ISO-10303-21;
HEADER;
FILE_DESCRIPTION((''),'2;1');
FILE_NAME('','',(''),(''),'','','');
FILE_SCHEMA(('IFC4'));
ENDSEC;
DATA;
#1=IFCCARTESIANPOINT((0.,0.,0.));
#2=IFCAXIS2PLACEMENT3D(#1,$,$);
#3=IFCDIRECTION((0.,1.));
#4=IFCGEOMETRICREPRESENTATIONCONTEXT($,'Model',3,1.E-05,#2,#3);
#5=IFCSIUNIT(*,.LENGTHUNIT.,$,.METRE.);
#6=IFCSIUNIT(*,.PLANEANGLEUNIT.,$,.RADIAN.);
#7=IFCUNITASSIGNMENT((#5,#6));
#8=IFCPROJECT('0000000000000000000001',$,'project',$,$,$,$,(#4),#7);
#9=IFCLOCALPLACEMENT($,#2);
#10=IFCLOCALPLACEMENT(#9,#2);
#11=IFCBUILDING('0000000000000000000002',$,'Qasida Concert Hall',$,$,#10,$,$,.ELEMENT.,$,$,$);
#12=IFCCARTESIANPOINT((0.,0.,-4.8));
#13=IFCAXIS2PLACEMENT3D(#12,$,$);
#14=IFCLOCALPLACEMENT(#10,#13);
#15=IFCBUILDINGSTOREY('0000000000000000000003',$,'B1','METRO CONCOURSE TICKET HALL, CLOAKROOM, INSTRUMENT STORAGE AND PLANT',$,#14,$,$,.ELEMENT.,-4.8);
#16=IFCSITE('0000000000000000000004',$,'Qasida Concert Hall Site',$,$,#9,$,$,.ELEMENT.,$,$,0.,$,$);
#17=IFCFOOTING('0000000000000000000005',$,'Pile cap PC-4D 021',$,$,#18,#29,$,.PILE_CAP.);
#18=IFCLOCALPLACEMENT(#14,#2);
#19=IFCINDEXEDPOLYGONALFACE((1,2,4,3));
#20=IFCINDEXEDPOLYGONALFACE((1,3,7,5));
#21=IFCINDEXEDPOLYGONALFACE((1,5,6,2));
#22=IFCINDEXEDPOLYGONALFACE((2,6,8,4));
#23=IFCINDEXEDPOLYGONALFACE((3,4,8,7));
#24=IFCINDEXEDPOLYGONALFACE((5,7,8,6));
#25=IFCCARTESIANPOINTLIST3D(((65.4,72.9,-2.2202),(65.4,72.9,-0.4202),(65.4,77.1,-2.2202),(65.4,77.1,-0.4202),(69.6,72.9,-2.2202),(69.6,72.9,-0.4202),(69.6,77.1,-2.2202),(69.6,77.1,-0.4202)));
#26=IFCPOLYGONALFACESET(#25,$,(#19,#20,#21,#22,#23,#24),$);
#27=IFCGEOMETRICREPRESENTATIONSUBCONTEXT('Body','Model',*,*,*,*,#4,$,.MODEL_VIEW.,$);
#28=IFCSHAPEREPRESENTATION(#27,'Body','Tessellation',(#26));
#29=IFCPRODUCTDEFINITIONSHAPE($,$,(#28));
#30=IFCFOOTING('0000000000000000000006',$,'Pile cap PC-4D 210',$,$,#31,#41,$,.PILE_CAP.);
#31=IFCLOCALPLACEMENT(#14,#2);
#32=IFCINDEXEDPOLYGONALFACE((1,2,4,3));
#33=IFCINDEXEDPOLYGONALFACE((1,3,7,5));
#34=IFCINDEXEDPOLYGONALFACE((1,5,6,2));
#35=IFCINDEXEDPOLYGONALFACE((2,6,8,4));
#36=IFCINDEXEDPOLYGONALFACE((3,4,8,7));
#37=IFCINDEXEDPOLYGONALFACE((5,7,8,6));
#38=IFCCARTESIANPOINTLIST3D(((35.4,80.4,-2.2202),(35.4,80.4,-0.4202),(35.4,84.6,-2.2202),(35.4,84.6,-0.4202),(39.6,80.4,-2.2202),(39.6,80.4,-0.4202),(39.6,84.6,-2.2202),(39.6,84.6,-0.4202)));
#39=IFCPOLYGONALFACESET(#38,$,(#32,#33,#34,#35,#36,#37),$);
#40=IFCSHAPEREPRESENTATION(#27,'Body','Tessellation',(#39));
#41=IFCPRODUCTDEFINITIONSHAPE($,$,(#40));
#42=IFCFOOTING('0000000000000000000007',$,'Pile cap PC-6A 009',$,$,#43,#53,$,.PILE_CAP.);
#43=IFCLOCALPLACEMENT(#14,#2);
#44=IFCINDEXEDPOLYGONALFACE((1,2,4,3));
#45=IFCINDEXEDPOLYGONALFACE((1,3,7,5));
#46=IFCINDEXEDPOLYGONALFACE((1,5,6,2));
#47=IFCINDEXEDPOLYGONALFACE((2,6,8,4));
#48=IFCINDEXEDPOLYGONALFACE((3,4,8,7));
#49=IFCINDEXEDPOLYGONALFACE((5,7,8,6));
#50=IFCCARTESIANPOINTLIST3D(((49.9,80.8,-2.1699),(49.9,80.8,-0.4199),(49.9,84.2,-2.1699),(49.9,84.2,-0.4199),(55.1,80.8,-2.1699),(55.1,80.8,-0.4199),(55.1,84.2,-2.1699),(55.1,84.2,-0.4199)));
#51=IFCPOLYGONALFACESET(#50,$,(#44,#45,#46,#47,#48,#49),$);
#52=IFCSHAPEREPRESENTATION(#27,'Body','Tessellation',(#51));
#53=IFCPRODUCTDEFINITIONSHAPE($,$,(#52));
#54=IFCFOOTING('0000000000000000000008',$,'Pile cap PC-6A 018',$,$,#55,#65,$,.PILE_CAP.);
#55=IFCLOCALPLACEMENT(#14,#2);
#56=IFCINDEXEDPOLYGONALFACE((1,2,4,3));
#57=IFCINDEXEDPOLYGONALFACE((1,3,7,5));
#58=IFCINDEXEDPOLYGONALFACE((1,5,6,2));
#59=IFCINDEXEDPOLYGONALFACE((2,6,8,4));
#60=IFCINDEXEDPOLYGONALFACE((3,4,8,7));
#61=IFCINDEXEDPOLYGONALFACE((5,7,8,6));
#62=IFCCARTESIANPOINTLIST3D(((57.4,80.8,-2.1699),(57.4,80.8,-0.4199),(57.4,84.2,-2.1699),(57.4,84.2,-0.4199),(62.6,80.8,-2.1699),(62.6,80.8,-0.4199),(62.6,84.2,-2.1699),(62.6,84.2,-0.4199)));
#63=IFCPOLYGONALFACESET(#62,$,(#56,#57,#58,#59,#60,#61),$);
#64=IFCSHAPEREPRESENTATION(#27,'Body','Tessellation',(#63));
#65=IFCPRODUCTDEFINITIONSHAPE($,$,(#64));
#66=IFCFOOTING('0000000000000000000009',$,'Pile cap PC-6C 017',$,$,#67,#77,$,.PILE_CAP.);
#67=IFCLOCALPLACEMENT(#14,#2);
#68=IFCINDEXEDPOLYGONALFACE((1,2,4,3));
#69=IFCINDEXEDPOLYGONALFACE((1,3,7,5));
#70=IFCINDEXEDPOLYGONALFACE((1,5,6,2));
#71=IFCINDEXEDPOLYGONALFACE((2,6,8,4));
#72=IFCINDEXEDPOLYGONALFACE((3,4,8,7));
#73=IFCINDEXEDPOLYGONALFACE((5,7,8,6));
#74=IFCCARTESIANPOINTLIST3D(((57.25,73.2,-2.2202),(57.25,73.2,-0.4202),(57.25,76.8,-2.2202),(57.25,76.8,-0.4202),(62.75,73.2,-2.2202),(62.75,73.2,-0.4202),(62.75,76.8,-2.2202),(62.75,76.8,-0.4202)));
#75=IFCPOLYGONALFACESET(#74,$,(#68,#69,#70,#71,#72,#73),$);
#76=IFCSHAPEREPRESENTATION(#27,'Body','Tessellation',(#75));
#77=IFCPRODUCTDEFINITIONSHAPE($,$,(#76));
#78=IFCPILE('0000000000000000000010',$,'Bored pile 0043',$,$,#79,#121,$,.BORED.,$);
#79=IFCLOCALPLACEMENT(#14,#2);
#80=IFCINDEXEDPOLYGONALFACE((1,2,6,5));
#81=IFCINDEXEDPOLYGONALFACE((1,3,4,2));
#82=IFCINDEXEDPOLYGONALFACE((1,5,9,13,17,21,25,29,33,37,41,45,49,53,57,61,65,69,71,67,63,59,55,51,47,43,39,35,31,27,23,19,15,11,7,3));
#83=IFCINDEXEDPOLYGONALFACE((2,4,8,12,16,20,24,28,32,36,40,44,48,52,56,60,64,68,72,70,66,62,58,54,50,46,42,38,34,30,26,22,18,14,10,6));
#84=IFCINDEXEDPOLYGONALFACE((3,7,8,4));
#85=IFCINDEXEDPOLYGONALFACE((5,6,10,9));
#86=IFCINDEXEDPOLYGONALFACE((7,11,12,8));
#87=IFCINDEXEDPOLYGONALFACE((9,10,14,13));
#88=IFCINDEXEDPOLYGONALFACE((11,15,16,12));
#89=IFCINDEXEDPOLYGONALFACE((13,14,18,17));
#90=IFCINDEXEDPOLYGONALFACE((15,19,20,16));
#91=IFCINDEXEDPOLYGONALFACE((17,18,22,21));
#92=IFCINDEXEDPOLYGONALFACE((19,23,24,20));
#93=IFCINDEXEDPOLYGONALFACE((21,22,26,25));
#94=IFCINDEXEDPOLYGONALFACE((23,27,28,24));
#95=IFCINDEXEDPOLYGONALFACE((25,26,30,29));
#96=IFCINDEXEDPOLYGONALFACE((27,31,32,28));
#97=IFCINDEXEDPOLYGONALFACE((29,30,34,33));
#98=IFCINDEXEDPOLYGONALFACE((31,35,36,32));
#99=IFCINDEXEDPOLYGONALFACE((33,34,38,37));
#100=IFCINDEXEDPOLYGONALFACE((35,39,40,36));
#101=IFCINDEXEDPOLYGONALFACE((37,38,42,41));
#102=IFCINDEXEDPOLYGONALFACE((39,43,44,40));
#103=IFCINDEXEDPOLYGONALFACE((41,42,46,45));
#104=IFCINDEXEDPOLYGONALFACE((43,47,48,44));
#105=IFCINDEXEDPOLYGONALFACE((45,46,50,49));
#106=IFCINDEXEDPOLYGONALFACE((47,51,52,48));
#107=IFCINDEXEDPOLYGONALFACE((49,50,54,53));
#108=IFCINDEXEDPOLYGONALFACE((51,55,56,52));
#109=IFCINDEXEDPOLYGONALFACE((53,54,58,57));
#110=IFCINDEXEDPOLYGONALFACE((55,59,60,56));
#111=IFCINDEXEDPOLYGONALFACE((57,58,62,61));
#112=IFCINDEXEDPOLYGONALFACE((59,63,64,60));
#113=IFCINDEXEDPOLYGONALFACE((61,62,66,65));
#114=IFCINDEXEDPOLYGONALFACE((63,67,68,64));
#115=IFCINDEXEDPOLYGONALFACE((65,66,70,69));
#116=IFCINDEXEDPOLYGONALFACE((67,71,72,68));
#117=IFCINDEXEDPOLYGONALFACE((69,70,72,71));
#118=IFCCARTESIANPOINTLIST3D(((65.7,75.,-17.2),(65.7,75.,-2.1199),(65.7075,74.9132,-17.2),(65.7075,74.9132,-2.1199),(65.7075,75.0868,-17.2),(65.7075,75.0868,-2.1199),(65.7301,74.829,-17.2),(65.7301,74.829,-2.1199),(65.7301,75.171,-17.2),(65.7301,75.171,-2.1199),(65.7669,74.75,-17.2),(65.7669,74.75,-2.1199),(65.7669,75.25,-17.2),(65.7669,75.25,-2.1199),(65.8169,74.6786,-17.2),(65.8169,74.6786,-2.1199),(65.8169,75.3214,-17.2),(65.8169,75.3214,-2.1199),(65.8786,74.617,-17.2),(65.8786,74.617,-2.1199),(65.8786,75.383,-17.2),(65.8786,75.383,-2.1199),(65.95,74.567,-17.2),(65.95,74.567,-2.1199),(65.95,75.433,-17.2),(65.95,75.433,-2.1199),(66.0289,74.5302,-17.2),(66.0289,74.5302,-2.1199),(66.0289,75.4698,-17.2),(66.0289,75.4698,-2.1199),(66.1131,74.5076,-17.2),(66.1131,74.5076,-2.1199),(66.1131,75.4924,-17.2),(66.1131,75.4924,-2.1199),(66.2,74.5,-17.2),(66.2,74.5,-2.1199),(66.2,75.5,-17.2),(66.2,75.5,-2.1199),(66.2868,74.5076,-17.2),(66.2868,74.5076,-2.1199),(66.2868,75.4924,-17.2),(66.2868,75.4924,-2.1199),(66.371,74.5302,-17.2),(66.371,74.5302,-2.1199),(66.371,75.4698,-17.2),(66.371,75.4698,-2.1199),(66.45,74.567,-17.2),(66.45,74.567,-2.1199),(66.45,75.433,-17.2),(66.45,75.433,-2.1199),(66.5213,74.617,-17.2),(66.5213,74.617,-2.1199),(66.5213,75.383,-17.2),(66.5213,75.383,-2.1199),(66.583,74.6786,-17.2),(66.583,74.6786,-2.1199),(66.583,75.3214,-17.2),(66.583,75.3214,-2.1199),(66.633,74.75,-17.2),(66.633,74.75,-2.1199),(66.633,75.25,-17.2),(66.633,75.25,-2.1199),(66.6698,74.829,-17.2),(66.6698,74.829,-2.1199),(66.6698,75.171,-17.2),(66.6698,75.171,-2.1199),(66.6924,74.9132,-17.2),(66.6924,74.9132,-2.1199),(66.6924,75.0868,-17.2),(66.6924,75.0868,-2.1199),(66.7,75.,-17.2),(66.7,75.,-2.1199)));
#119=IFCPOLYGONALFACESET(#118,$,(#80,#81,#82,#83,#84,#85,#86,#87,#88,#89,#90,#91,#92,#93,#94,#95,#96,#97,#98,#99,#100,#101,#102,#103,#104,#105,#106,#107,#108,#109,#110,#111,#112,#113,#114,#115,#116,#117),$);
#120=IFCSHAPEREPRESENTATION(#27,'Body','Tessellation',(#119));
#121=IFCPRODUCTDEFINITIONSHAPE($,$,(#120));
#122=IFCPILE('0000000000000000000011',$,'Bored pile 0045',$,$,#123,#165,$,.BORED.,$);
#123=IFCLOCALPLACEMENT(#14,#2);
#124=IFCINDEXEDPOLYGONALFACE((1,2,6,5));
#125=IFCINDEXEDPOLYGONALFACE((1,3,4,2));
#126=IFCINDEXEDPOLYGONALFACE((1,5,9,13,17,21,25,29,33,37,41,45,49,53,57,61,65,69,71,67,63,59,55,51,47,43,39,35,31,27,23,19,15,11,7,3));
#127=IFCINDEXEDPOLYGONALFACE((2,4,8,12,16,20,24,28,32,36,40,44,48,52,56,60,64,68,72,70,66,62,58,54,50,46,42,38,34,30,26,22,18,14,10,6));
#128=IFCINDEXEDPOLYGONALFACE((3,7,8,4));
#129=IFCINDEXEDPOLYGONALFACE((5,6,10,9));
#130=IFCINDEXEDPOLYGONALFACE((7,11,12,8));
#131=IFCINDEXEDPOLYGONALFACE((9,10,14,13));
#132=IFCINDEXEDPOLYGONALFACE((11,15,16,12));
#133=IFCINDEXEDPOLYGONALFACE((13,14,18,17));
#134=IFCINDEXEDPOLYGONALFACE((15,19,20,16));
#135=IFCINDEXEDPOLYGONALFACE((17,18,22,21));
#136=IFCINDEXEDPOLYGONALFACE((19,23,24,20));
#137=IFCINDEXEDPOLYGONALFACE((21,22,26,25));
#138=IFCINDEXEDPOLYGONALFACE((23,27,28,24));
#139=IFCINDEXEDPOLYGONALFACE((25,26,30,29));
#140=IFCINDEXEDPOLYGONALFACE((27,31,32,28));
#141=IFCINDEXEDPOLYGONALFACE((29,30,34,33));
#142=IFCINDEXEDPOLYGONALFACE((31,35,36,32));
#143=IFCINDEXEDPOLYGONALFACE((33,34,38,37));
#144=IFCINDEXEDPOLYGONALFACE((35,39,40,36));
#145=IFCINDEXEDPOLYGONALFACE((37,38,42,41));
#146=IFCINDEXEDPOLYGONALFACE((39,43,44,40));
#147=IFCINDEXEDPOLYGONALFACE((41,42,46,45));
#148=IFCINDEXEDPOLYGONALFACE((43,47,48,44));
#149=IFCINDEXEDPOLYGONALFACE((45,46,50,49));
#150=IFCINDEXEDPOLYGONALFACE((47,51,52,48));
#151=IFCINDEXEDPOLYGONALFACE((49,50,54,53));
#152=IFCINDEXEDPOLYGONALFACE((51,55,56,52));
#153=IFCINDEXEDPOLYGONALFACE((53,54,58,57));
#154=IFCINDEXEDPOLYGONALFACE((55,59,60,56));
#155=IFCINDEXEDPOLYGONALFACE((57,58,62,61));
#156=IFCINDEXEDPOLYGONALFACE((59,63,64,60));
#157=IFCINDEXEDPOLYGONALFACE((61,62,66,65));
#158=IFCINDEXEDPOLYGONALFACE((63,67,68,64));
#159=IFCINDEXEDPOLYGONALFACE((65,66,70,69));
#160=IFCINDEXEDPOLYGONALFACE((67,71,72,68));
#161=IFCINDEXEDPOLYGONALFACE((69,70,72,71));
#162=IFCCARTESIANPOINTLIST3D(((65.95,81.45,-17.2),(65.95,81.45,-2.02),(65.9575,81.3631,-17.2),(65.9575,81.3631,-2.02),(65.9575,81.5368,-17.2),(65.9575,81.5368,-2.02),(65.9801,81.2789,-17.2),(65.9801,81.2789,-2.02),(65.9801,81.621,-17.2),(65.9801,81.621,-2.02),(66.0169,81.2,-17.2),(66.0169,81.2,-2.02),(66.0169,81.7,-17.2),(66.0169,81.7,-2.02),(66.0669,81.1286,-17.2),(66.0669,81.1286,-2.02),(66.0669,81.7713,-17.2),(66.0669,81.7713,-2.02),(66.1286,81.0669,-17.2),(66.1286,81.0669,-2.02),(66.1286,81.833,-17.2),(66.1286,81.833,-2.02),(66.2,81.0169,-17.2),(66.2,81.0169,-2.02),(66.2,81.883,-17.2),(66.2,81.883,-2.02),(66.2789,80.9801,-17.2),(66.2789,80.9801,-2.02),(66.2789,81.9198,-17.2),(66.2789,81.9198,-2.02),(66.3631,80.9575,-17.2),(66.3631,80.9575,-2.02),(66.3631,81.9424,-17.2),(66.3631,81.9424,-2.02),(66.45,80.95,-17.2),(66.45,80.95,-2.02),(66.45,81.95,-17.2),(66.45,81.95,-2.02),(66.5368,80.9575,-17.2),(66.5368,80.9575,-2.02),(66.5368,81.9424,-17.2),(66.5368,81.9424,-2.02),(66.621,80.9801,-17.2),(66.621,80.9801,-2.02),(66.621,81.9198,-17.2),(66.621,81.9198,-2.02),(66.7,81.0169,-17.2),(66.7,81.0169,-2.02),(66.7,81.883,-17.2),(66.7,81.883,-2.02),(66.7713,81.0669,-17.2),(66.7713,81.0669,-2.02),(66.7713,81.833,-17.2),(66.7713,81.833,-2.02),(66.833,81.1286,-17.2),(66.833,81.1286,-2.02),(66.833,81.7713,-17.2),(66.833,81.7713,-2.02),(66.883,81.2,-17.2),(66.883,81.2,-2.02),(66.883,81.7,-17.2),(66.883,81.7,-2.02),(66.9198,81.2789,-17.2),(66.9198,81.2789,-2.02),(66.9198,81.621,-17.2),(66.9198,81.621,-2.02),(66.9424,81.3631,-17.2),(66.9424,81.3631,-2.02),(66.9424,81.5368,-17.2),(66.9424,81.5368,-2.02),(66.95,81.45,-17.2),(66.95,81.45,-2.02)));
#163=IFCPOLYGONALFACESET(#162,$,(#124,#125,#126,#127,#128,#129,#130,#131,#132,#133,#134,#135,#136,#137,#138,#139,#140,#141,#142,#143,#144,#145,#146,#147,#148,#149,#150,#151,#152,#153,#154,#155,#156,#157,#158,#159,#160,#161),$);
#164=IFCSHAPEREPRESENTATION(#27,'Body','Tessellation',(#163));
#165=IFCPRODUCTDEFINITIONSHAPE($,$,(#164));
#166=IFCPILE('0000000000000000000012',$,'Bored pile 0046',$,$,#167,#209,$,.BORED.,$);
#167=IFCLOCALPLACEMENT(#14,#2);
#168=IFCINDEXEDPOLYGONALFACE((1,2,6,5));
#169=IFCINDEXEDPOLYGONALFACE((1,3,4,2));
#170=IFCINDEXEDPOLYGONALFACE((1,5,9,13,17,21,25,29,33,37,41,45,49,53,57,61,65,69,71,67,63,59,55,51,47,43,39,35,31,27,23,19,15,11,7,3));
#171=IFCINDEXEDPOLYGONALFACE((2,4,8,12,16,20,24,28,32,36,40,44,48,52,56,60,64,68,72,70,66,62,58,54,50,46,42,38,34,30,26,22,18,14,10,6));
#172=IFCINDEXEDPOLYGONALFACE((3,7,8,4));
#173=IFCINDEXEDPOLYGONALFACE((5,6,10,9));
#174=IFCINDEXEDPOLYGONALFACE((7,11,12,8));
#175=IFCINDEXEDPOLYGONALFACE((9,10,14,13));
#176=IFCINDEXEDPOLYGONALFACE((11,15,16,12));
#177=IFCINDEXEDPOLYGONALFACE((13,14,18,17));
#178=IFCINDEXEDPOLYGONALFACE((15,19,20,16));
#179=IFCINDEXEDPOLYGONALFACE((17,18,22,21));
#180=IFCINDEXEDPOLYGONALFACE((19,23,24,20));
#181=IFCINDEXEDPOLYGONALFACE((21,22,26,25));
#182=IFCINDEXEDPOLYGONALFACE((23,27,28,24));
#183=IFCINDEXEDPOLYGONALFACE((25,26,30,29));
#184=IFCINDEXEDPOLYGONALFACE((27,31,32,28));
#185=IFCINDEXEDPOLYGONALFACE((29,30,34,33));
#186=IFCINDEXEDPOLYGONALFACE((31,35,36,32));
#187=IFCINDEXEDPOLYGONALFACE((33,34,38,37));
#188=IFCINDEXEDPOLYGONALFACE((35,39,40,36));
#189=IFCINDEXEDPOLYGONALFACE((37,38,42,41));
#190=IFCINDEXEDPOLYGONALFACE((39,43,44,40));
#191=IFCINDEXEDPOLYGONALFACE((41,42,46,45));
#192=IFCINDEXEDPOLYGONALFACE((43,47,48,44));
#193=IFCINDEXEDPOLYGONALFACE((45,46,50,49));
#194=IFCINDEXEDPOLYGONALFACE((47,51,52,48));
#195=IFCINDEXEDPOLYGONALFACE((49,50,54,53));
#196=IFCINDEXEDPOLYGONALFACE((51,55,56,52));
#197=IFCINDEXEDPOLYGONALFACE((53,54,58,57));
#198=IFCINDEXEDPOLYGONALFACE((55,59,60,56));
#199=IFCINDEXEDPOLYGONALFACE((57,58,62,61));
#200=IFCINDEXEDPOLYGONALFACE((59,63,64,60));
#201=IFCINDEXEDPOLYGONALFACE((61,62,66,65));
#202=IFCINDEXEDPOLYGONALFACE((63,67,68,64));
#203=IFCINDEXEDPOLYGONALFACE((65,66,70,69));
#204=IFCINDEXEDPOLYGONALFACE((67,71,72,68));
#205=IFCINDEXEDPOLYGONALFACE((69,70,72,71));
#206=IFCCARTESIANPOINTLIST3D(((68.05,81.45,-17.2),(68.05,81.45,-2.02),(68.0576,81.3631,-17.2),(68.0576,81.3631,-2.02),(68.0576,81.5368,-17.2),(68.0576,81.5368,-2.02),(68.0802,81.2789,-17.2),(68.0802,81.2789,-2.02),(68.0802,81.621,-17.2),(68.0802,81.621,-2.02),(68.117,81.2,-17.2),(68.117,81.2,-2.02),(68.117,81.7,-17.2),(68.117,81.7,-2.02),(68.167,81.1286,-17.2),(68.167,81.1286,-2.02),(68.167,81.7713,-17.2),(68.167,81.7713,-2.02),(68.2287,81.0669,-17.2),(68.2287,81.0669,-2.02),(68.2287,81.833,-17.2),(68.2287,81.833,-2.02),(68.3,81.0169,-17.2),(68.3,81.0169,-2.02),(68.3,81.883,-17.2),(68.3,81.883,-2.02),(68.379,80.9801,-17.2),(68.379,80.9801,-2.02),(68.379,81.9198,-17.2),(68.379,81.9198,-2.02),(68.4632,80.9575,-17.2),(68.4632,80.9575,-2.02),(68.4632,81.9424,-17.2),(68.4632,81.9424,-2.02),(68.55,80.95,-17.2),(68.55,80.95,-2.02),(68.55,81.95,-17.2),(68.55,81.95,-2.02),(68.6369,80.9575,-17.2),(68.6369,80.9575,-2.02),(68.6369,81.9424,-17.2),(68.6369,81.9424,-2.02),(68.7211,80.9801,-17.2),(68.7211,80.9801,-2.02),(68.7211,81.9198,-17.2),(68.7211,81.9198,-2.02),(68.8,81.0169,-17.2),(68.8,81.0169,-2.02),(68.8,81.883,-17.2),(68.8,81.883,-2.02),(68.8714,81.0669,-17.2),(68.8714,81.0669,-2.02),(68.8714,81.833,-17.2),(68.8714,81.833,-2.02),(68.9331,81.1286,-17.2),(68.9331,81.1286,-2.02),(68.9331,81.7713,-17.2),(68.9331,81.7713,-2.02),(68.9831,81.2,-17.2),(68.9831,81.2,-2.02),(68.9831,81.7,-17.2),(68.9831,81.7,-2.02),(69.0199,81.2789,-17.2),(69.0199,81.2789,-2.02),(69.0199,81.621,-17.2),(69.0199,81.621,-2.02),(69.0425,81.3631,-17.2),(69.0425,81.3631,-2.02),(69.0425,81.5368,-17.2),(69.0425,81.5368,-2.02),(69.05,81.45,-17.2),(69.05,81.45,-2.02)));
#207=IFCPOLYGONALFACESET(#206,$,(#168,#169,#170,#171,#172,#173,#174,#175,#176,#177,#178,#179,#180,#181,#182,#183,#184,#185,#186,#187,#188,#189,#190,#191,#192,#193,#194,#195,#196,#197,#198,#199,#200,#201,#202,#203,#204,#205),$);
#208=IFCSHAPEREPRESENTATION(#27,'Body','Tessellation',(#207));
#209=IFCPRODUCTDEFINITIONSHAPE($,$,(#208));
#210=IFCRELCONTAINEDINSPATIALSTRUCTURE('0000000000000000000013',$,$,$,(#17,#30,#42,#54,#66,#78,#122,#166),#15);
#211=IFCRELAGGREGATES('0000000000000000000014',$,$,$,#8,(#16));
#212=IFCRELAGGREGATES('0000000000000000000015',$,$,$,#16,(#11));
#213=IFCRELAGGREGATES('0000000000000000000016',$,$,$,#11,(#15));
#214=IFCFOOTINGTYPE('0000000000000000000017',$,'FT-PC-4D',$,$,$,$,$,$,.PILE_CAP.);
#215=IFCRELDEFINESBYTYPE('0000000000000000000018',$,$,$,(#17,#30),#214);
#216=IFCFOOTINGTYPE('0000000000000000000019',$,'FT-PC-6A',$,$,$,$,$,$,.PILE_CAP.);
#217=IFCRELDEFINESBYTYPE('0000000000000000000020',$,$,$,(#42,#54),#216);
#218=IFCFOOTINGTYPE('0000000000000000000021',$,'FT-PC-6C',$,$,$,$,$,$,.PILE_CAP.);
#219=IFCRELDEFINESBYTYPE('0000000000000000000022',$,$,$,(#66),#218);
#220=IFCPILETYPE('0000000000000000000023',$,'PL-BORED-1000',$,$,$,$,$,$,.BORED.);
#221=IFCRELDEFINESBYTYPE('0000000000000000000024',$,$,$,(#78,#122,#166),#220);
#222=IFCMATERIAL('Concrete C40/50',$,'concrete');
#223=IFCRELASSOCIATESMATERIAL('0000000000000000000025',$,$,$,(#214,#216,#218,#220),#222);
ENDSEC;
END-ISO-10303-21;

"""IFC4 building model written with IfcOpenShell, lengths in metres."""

from ifc_helpers import new_model, si_unit, direction, frame, origin, origin_2d, place, context, subcontext, project, spatial, rectangle, circle, extrude, material, material_profile, profile_set, type_object, element, save


model = new_model("IFC4")

# Units and contexts
model_context = context("Model", 3, precision=1e-05, world=origin(), true_north=direction((0.0, 1.0)))
body_context = subcontext(model_context, "Body", "Model", "MODEL_VIEW")
ifc_project = project(units=[si_unit("LENGTHUNIT", "METRE"), si_unit("PLANEANGLEUNIT", "RADIAN")], contexts=[model_context])

# Site, building, storey
site_placement = place(None, origin())
site = spatial("IfcSite", under=ifc_project, at=site_placement, Name="Qasida Concert Hall Site", CompositionType="ELEMENT", RefElevation=0.0)
building_placement = place(site_placement, origin())
building = spatial("IfcBuilding", under=site, at=building_placement, Name="Qasida Concert Hall", CompositionType="ELEMENT")
storey_placement = place(building_placement, frame((0.0, 0.0, -4.8)))
storey = spatial("IfcBuildingStorey", under=building, at=storey_placement, Name="B1", Description="METRO CONCOURSE TICKET HALL, CLOAKROOM, INSTRUMENT STORAGE AND PLANT", CompositionType="ELEMENT", Elevation=-4.8)

# Footings
ifc_material_1 = material(Name="Concrete C40/50", Category="concrete")
footing_type_1 = type_object("IfcFootingType", Name="FT-PC-4D", PredefinedType="PILE_CAP", material=ifc_material_1)
for number, where, z_axis, x_axis, name in (
    (1, (67.5, 75.0, -2.2202), (0.0, 0.0, 1.0), (1.0, 0.0, 0.0), "Pile cap PC-4D 021"),
    (2, (37.5, 82.5, -2.2202), (0.0, 0.0, 1.0), (1.0, 0.0, 0.0), "Pile cap PC-4D 210"),
):
    element("IfcFooting", number, at=place(storey_placement, frame(where, z_axis=z_axis, x_axis=x_axis)), inside=storey, type_object=footing_type_1, Name=name, PredefinedType="PILE_CAP", context=body_context, shape_type="SweptSolid", body=[
        extrude(rectangle(XDim=4.2, YDim=4.2, at=origin_2d()), origin(), (0.0, 0.0, 1.0), 1.8),
    ])
footing_type_2 = type_object("IfcFootingType", Name="FT-PC-6A", PredefinedType="PILE_CAP", material=ifc_material_1)
for number, where, z_axis, x_axis, name in (
    (3, (52.5, 82.5, -2.1699), (0.0, 0.0, 1.0), (1.0, 0.0, 0.0), "Pile cap PC-6A 009"),
    (4, (60.0, 82.5, -2.1699), (0.0, 0.0, 1.0), (1.0, 0.0, 0.0), "Pile cap PC-6A 018"),
):
    element("IfcFooting", number, at=place(storey_placement, frame(where, z_axis=z_axis, x_axis=x_axis)), inside=storey, type_object=footing_type_2, Name=name, PredefinedType="PILE_CAP", context=body_context, shape_type="SweptSolid", body=[
        extrude(rectangle(XDim=5.2, YDim=3.3999, at=origin_2d()), origin(), (0.0, 0.0, 1.0), 1.75),
    ])
footing_type_3 = type_object("IfcFootingType", Name="FT-PC-6C", PredefinedType="PILE_CAP", material=ifc_material_1)
footing_placement = place(storey_placement, frame((60.0, 75.0, -2.2202), z_axis=(0.0, 0.0, 1.0), x_axis=(1.0, 0.0, 0.0)))
element("IfcFooting", 5, at=footing_placement, inside=storey, type_object=footing_type_3, Name="Pile cap PC-6C 017", PredefinedType="PILE_CAP", context=body_context, shape_type="SweptSolid", body=[
    extrude(rectangle(XDim=5.5, YDim=3.6001, at=origin_2d()), origin(), (0.0, 0.0, 1.0), 1.8),
])

# Piles
ifc_material_profile_1 = material_profile(ifc_material_1, circle(Radius=0.5, at=origin_2d()), Name="BORED PILE D1000")
ifc_profile_set_1 = profile_set([ifc_material_profile_1], Name="Concrete C40/50")
pile_type_1 = type_object("IfcPileType", Name="PL-BORED-1000", PredefinedType="BORED", material=ifc_profile_set_1)
pile_1_placement = place(storey_placement, frame((66.2, 75.0, -2.1199), z_axis=(0.0, 0.0, -1.0), x_axis=(1.0, 0.0, 0.0)))
element("IfcPile", 6, at=pile_1_placement, inside=storey, type_object=pile_type_1, Name="Bored pile 0043", PredefinedType="BORED", context=body_context, shape_type="SweptSolid", body=[
    extrude(circle(Radius=0.5, at=origin_2d()), origin(), (0.0, 0.0, 1.0), 15.0801),
])
for number, where, z_axis, x_axis, name in (
    (7, (66.45, 81.45, -2.02), (0.0, 0.0, -1.0), (1.0, 0.0, 0.0), "Bored pile 0045"),
    (8, (68.55, 81.45, -2.02), (0.0, 0.0, -1.0), (1.0, 0.0, 0.0), "Bored pile 0046"),
):
    element("IfcPile", number, at=place(storey_placement, frame(where, z_axis=z_axis, x_axis=x_axis)), inside=storey, type_object=pile_type_1, Name=name, PredefinedType="BORED", context=body_context, shape_type="SweptSolid", body=[
        extrude(circle(Radius=0.5, at=origin_2d()), origin(), (0.0, 0.0, 1.0), 15.1799),
    ])

save(model, "model.ifc")
